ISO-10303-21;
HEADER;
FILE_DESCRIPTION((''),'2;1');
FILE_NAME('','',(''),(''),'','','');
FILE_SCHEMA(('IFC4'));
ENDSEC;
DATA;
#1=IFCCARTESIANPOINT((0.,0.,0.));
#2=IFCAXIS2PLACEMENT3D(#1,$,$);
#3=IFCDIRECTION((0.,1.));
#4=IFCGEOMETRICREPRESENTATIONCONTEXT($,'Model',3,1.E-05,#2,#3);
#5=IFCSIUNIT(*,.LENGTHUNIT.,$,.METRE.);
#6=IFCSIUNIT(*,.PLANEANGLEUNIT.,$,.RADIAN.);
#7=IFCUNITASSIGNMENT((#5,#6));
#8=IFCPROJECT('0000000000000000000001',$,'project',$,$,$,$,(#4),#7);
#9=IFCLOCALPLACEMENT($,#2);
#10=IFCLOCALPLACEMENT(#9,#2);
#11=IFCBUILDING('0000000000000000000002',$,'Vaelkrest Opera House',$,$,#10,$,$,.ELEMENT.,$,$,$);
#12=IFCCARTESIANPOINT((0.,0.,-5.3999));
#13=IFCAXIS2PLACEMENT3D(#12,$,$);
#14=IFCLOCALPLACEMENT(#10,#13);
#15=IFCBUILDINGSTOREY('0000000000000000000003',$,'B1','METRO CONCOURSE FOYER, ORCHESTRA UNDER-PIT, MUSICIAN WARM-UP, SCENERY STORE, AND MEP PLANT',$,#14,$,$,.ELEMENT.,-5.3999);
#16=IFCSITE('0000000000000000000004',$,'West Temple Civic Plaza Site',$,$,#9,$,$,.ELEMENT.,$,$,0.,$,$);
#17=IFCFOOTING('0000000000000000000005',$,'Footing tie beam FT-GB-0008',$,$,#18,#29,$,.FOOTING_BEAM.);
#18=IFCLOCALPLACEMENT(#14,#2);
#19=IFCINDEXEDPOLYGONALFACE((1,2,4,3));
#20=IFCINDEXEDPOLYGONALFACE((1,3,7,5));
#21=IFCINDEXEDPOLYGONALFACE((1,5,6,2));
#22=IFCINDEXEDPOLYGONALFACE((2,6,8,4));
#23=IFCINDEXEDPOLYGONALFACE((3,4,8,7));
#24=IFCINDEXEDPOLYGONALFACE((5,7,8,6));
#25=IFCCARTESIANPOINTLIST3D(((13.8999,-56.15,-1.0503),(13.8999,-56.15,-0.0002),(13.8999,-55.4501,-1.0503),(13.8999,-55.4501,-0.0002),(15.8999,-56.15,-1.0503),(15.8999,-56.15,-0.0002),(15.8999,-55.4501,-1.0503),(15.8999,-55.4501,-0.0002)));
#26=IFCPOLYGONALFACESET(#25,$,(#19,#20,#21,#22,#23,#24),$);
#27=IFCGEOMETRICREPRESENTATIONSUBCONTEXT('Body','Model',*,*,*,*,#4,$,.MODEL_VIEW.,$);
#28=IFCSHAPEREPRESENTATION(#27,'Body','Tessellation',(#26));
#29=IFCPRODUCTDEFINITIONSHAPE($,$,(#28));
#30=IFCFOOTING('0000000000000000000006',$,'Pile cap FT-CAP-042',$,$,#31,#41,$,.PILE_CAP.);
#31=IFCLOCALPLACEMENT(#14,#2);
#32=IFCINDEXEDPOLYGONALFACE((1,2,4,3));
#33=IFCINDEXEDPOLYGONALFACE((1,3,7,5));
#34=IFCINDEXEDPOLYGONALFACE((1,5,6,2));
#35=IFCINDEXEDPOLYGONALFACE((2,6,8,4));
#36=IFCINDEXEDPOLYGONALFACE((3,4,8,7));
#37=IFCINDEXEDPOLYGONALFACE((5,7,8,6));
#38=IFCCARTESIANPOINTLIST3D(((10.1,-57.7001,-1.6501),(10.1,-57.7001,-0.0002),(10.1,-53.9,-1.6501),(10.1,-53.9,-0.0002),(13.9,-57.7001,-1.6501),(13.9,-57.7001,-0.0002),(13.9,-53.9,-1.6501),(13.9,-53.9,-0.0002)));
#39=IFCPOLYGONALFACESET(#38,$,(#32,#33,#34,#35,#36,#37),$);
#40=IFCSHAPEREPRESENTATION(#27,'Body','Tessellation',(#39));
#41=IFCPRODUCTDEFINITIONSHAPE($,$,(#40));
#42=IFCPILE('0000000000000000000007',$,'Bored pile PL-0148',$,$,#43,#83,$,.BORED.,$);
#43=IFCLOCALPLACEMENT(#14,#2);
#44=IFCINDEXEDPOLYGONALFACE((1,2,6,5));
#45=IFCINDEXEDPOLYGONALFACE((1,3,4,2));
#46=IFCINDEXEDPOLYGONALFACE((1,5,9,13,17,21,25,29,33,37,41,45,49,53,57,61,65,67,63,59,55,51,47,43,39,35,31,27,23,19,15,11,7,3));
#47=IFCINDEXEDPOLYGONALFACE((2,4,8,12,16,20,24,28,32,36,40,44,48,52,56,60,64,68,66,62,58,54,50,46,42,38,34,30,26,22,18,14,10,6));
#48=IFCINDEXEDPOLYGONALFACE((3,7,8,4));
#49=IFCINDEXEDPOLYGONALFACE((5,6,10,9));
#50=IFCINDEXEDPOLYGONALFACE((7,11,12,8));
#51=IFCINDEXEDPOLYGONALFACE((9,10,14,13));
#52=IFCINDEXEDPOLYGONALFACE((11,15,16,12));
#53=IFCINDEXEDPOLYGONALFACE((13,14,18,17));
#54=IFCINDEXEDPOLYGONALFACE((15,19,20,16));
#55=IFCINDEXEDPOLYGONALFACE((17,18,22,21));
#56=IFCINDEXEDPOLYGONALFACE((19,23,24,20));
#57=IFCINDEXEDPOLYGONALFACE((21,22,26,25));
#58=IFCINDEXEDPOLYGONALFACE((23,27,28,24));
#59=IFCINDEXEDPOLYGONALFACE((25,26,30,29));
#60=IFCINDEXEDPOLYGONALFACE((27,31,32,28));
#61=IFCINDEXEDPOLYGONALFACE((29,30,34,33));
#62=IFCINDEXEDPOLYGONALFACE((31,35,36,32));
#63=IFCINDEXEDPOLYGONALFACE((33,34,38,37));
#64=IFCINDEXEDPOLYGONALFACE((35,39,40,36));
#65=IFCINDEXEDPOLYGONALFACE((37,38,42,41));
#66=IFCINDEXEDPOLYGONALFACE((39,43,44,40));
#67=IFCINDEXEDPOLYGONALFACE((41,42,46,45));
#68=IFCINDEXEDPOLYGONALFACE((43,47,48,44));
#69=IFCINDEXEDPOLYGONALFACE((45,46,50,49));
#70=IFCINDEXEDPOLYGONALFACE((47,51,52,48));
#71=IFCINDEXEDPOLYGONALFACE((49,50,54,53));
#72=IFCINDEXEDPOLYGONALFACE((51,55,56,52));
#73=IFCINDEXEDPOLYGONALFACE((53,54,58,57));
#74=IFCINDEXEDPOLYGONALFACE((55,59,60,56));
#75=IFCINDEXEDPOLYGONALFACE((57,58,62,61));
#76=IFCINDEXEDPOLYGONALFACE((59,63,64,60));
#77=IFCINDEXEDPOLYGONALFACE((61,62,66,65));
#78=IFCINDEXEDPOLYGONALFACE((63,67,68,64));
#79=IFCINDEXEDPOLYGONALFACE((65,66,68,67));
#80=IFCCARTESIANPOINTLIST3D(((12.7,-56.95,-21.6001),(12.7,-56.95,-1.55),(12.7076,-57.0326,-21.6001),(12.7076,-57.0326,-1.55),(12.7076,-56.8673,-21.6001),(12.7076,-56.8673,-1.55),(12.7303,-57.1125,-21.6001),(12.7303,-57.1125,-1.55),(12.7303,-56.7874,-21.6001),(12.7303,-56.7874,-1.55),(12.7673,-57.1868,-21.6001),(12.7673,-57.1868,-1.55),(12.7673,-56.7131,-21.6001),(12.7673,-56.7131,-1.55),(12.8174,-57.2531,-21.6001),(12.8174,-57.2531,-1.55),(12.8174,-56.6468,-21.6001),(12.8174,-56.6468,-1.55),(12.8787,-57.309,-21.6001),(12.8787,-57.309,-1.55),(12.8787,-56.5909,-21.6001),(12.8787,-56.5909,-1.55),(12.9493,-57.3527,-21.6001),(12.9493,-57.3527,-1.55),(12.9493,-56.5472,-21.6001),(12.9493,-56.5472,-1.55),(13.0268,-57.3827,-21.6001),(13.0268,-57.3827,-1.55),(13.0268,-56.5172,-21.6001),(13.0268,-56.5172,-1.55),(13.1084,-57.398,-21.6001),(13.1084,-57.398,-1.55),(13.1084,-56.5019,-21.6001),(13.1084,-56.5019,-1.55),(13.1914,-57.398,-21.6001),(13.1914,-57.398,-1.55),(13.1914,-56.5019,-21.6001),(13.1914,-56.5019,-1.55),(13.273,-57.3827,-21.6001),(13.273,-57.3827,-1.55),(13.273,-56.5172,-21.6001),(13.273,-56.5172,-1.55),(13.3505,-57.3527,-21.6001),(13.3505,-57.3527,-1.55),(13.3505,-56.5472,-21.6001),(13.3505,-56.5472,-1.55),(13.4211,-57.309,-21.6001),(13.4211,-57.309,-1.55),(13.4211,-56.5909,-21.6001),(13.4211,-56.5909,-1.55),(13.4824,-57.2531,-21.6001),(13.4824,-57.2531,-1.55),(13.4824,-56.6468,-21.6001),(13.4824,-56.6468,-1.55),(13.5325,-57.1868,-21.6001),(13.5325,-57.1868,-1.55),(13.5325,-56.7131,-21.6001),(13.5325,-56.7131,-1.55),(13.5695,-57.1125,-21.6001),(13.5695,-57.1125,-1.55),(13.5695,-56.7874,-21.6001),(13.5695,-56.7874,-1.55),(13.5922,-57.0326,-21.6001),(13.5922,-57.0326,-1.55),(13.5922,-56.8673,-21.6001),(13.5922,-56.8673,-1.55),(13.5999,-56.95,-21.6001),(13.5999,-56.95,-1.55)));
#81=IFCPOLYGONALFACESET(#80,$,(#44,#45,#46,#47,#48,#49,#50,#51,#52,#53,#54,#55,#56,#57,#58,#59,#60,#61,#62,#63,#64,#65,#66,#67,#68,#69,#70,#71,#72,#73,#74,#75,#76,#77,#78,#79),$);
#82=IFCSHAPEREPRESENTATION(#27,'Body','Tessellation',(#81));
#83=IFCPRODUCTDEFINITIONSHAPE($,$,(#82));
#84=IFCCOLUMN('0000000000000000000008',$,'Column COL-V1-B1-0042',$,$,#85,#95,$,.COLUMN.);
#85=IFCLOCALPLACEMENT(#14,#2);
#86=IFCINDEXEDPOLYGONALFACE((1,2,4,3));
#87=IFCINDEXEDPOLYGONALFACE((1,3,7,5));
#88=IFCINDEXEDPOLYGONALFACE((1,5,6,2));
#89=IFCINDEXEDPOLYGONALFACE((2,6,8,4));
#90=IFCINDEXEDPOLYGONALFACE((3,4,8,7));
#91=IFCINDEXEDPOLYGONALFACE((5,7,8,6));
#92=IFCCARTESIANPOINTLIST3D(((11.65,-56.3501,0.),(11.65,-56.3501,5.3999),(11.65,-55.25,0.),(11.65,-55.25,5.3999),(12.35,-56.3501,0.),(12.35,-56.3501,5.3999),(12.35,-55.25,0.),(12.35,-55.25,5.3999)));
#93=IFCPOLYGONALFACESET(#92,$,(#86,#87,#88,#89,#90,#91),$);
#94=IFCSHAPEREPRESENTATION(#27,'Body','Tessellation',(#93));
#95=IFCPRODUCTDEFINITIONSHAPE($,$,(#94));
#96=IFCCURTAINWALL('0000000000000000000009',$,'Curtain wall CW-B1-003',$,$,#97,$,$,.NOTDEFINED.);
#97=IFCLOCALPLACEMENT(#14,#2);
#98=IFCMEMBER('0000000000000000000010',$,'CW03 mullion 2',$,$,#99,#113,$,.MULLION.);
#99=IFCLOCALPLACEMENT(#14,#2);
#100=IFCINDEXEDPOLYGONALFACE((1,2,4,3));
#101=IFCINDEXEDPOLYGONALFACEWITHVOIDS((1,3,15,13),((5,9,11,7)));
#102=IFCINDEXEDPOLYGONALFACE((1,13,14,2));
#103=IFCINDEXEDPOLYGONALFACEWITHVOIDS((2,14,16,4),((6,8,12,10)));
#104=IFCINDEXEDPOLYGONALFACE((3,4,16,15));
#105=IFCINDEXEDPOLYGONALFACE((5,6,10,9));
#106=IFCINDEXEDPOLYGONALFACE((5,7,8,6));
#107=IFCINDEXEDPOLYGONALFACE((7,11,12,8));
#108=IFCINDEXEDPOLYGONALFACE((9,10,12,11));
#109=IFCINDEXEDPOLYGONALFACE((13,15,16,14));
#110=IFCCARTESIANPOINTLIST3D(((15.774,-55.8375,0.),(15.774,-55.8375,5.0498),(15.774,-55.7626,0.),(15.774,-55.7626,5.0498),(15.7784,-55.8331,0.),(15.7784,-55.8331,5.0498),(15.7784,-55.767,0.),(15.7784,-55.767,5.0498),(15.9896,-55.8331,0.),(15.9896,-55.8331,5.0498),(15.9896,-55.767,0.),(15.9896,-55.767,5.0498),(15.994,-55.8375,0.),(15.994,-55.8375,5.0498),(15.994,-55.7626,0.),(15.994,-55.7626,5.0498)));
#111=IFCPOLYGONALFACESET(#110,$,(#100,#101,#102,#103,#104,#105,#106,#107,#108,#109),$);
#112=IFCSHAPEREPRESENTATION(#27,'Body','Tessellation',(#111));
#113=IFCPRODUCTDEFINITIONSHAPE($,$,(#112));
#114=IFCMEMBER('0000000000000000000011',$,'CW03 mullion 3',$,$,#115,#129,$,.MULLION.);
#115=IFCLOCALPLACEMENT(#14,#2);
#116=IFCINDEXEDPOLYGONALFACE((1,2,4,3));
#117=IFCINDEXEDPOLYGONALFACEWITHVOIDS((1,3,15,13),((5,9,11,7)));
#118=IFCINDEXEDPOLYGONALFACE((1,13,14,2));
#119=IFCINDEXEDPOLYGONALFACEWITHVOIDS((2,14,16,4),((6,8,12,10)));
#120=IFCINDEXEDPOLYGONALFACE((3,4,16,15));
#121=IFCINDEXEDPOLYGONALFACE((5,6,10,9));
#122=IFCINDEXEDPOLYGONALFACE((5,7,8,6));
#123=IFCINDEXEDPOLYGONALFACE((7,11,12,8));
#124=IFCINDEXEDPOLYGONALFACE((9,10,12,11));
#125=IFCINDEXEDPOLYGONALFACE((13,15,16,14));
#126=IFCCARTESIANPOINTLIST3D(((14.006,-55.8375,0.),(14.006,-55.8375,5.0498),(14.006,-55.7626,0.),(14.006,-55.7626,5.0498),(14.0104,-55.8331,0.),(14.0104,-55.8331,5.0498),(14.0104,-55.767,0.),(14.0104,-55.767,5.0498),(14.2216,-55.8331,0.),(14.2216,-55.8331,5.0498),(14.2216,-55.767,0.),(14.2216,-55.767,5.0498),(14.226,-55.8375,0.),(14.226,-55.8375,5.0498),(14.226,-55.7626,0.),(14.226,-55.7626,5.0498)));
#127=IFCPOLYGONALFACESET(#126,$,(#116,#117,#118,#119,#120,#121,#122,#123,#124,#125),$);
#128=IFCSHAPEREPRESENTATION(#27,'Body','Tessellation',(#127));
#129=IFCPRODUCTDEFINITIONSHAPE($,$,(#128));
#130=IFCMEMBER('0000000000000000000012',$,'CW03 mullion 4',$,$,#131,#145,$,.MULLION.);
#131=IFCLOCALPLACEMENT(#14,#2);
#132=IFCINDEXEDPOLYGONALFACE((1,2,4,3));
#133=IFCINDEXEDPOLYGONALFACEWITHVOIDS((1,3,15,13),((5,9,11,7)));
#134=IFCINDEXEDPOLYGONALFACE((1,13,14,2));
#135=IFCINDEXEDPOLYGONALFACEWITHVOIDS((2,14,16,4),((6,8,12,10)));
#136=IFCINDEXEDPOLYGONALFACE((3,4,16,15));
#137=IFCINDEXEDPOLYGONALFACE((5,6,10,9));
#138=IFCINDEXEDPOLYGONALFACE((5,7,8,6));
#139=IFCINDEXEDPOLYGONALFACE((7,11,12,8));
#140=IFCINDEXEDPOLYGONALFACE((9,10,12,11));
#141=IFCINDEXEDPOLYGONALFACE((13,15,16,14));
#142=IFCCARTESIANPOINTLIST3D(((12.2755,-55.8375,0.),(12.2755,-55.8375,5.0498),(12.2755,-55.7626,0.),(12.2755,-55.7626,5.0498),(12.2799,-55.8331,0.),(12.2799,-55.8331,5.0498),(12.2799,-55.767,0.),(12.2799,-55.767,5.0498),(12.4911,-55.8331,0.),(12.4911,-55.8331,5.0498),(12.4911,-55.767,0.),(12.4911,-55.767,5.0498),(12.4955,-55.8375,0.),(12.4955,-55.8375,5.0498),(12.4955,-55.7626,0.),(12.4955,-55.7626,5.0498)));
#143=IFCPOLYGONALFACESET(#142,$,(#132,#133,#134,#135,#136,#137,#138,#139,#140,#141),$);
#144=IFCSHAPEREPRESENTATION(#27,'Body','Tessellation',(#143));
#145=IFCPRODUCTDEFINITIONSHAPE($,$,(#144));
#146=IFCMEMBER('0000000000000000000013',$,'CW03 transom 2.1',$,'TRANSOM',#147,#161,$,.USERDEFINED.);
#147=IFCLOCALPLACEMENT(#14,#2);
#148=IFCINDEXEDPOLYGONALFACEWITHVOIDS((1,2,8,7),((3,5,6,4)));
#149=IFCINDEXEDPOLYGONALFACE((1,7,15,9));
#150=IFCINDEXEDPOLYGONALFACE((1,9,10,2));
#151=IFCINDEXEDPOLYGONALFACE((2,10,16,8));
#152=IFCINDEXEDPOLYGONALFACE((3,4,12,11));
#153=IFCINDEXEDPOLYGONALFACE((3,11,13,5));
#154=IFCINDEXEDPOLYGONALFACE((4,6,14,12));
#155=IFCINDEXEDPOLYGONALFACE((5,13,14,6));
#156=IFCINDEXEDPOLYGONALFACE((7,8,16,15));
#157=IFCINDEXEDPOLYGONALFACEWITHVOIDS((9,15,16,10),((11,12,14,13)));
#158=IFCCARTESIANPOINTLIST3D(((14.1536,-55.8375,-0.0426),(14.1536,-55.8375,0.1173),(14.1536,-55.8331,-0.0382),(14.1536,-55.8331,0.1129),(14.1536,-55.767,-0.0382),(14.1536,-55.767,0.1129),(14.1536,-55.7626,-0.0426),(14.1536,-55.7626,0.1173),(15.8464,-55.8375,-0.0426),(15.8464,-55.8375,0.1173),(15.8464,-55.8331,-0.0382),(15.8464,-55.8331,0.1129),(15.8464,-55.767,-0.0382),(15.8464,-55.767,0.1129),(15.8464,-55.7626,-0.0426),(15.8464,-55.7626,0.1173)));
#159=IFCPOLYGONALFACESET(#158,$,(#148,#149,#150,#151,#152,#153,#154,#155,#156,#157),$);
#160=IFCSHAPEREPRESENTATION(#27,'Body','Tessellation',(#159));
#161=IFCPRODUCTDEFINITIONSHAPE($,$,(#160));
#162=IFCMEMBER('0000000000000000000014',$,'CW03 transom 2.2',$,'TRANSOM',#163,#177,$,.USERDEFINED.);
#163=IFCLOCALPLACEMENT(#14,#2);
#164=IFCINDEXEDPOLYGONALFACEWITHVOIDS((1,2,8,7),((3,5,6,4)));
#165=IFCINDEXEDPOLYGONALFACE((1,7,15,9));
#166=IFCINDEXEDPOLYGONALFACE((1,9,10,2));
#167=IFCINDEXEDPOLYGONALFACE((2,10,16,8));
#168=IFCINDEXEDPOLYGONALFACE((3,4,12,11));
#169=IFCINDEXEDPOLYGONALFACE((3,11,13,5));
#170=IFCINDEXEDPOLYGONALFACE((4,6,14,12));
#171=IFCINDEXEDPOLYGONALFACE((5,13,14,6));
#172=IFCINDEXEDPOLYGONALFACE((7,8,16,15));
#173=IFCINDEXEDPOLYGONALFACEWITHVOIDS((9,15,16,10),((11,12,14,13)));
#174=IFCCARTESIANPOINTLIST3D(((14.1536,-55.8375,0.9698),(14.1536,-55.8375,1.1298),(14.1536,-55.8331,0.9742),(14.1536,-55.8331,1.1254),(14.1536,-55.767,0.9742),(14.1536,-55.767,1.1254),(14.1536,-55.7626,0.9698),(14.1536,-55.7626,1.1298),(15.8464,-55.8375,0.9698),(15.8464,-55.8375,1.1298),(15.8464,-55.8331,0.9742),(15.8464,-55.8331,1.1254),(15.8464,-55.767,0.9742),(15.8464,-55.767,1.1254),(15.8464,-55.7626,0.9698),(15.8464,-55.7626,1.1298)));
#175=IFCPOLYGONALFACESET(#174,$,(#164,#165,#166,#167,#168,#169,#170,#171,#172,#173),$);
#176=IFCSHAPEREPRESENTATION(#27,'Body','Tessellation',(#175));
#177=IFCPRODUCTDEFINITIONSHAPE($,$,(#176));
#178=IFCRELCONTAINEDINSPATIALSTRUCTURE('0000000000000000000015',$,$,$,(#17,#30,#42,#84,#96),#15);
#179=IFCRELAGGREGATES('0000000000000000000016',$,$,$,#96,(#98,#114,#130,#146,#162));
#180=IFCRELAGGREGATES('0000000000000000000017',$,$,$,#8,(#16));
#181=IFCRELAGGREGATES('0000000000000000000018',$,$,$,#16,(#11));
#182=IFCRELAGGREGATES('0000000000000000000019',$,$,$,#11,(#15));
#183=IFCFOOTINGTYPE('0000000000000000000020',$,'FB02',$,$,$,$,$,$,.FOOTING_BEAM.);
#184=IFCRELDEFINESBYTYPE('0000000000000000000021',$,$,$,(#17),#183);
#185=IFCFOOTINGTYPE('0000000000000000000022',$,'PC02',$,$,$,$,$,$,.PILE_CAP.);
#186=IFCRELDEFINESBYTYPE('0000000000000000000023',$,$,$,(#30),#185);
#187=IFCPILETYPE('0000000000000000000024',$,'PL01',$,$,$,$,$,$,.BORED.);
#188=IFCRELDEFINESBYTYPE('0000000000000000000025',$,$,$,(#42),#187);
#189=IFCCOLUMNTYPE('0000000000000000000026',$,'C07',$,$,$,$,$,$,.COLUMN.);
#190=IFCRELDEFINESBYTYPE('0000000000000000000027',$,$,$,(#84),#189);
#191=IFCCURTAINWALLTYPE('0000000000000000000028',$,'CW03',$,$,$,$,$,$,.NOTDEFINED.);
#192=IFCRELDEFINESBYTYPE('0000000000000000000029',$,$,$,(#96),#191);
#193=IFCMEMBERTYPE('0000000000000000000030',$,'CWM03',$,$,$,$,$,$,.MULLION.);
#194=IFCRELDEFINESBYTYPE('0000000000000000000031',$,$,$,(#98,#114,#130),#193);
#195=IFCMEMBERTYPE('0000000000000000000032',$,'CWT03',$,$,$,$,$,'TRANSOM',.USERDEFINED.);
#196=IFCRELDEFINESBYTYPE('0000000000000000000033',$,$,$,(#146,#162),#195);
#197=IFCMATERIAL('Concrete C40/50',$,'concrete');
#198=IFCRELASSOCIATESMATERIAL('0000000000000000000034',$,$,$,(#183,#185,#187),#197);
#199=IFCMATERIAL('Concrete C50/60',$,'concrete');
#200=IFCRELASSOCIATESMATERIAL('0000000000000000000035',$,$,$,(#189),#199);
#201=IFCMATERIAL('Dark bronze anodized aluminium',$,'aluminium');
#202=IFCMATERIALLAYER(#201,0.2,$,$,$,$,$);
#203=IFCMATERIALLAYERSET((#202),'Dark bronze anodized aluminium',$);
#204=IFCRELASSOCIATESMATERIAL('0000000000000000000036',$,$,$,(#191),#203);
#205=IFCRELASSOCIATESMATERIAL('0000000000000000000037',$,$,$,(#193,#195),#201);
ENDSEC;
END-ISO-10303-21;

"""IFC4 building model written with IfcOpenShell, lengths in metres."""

from ifc_helpers import new_model, si_unit, direction, frame, origin, origin_2d, place, context, subcontext, project, spatial, rectangle, hollow_rectangle, circle, extrude, material, layer, layer_set, material_profile, profile_set, type_object, element, aggregate, save


model = new_model("IFC4")

# Units and contexts
model_context = context("Model", 3, precision=1e-05, world=origin(), true_north=direction((0.0, 1.0)))
body_context = subcontext(model_context, "Body", "Model", "MODEL_VIEW")
ifc_project = project(units=[si_unit("LENGTHUNIT", "METRE"), si_unit("PLANEANGLEUNIT", "RADIAN")], contexts=[model_context])

# Site, building, storey
site_placement = place(None, origin())
site = spatial("IfcSite", under=ifc_project, at=site_placement, Name="West Temple Civic Plaza Site", CompositionType="ELEMENT", RefElevation=0.0)
building_placement = place(site_placement, origin())
building = spatial("IfcBuilding", under=site, at=building_placement, Name="Vaelkrest Opera House", CompositionType="ELEMENT")
storey_placement = place(building_placement, frame((0.0, 0.0, -5.3999)))
storey = spatial("IfcBuildingStorey", under=building, at=storey_placement, Name="B1", Description="METRO CONCOURSE FOYER, ORCHESTRA UNDER-PIT, MUSICIAN WARM-UP, SCENERY STORE, AND MEP PLANT", CompositionType="ELEMENT", Elevation=-5.3999)

# Footings
ifc_material_1 = material(Name="Concrete C40/50", Category="concrete")
footing_type_1 = type_object("IfcFootingType", Name="FB02", PredefinedType="FOOTING_BEAM", material=ifc_material_1)
footing_1_placement = place(storey_placement, frame((14.8999, -55.8, -1.0503), z_axis=(0.0, 0.0, 1.0), x_axis=(1.0, 0.0, 0.0)))
element("IfcFooting", 1, at=footing_1_placement, inside=storey, type_object=footing_type_1, Name="Footing tie beam FT-GB-0008", PredefinedType="FOOTING_BEAM", context=body_context, shape_type="SweptSolid", body=[
    extrude(rectangle(XDim=2.0, YDim=0.7, at=origin_2d()), origin(), (0.0, 0.0, 1.0), 1.05),
])
footing_type_2 = type_object("IfcFootingType", Name="PC02", PredefinedType="PILE_CAP", material=ifc_material_1)
footing_2_placement = place(storey_placement, frame((12.0, -55.8, -1.6501), z_axis=(0.0, 0.0, 1.0), x_axis=(1.0, 0.0, 0.0)))
element("IfcFooting", 2, at=footing_2_placement, inside=storey, type_object=footing_type_2, Name="Pile cap FT-CAP-042", PredefinedType="PILE_CAP", context=body_context, shape_type="SweptSolid", body=[
    extrude(rectangle(XDim=3.8, YDim=3.8, at=origin_2d()), origin(), (0.0, 0.0, 1.0), 1.6499),
])

# Pile
ifc_material_profile_1 = material_profile(ifc_material_1, circle(Radius=0.45, at=origin_2d()), Name="PILE900")
ifc_profile_set_1 = profile_set([ifc_material_profile_1], Name="Concrete C40/50")
pile_type = type_object("IfcPileType", Name="PL01", PredefinedType="BORED", material=ifc_profile_set_1)
pile_placement = place(storey_placement, frame((13.1499, -56.95, -1.55), z_axis=(0.0, 0.0, -1.0), x_axis=(1.0, 0.0, 0.0)))
element("IfcPile", 3, at=pile_placement, inside=storey, type_object=pile_type, Name="Bored pile PL-0148", PredefinedType="BORED", context=body_context, shape_type="SweptSolid", body=[
    extrude(circle(Radius=0.45, at=origin_2d()), origin(), (0.0, 0.0, 1.0), 20.05),
])

# Column
ifc_material_2 = material(Name="Concrete C50/60", Category="concrete")
ifc_material_profile_2 = material_profile(ifc_material_2, rectangle(XDim=0.7, YDim=1.1001, at=origin_2d()), Name="RC700X1100")
ifc_profile_set_2 = profile_set([ifc_material_profile_2], Name="Concrete C50/60")
column_type = type_object("IfcColumnType", Name="C07", PredefinedType="COLUMN", material=ifc_profile_set_2)
column_placement = place(storey_placement, frame((12.0, -55.8, 0.0), z_axis=(0.0, 0.0, 1.0), x_axis=(1.0, 0.0, 0.0)))
element("IfcColumn", 4, at=column_placement, inside=storey, type_object=column_type, Name="Column COL-V1-B1-0042", PredefinedType="COLUMN", context=body_context, shape_type="SweptSolid", body=[
    extrude(rectangle(XDim=0.7, YDim=1.1001, at=origin_2d()), origin(), (0.0, 0.0, 1.0), 5.3999),
])

# Curtain wall, members
ifc_material_3 = material(Name="Dark bronze anodized aluminium", Category="aluminium")
ifc_layer_1 = layer(ifc_material_3, 0.2)
ifc_layer_set_1 = layer_set([ifc_layer_1], Name="Dark bronze anodized aluminium")
curtain_wall_type = type_object("IfcCurtainWallType", Name="CW03", PredefinedType="NOTDEFINED", material=ifc_layer_set_1)
curtain_wall_placement = place(storey_placement, origin())
curtain_wall = element("IfcCurtainWall", 5, at=curtain_wall_placement, inside=storey, type_object=curtain_wall_type, Name="Curtain wall CW-B1-003", PredefinedType="NOTDEFINED")
ifc_material_profile_3 = material_profile(ifc_material_3, hollow_rectangle(XDim=0.075, YDim=0.22, WallThickness=0.0044, at=origin_2d()), Name="CWM75X220")
ifc_profile_set_3 = profile_set([ifc_material_profile_3], Name="Dark bronze anodized aluminium")
member_type_1 = type_object("IfcMemberType", Name="CWM03", PredefinedType="MULLION", material=ifc_profile_set_3)
member_1_placement = place(storey_placement, frame((15.884, -55.8, 0.0), z_axis=(0.0, 0.0, 1.0), x_axis=(0.0, -1.0, 0.0)))
member_1 = element("IfcMember", 6, at=member_1_placement, type_object=member_type_1, Name="CW03 mullion 2", PredefinedType="MULLION", context=body_context, shape_type="SweptSolid", body=[
    extrude(hollow_rectangle(XDim=0.075, YDim=0.22, WallThickness=0.0044, at=origin_2d()), origin(), (0.0, 0.0, 1.0), 5.0498),
])
member_2_placement = place(storey_placement, frame((14.116, -55.8, 0.0), z_axis=(0.0, 0.0, 1.0), x_axis=(0.0, -1.0, 0.0)))
member_2 = element("IfcMember", 7, at=member_2_placement, type_object=member_type_1, Name="CW03 mullion 3", PredefinedType="MULLION", context=body_context, shape_type="SweptSolid", body=[
    extrude(hollow_rectangle(XDim=0.075, YDim=0.22, WallThickness=0.0044, at=origin_2d()), origin(), (0.0, 0.0, 1.0), 5.0498),
])
member_3_placement = place(storey_placement, frame((12.3855, -55.8, 0.0), z_axis=(0.0, 0.0, 1.0), x_axis=(0.0, -1.0, 0.0)))
member_3 = element("IfcMember", 8, at=member_3_placement, type_object=member_type_1, Name="CW03 mullion 4", PredefinedType="MULLION", context=body_context, shape_type="SweptSolid", body=[
    extrude(hollow_rectangle(XDim=0.075, YDim=0.22, WallThickness=0.0044, at=origin_2d()), origin(), (0.0, 0.0, 1.0), 5.0498),
])
ifc_material_profile_4 = material_profile(ifc_material_3, hollow_rectangle(XDim=0.075, YDim=0.1599, WallThickness=0.0044, at=origin_2d()), Name="CWT75X160")
ifc_profile_set_4 = profile_set([ifc_material_profile_4], Name="Dark bronze anodized aluminium")
member_type_2 = type_object("IfcMemberType", Name="CWT03", ElementType="TRANSOM", PredefinedType="USERDEFINED", material=ifc_profile_set_4)
member_4_placement = place(storey_placement, frame((15.8464, -55.8, 0.0374), z_axis=(-1.0, 0.0, 0.0), x_axis=(0.0, -1.0, 0.0)))
member_4 = element("IfcMember", 9, at=member_4_placement, type_object=member_type_2, Name="CW03 transom 2.1", ObjectType="TRANSOM", PredefinedType="USERDEFINED", context=body_context, shape_type="SweptSolid", body=[
    extrude(hollow_rectangle(XDim=0.075, YDim=0.1599, WallThickness=0.0044, at=origin_2d()), origin(), (0.0, 0.0, 1.0), 1.6929),
])
member_5_placement = place(storey_placement, frame((15.8464, -55.8, 1.0498), z_axis=(-1.0, 0.0, 0.0), x_axis=(0.0, -1.0, 0.0)))
member_5 = element("IfcMember", 10, at=member_5_placement, type_object=member_type_2, Name="CW03 transom 2.2", ObjectType="TRANSOM", PredefinedType="USERDEFINED", context=body_context, shape_type="SweptSolid", body=[
    extrude(hollow_rectangle(XDim=0.075, YDim=0.1599, WallThickness=0.0044, at=origin_2d()), origin(), (0.0, 0.0, 1.0), 1.6929),
])
aggregate(curtain_wall, [member_1, member_2, member_3, member_4, member_5])

save(model, "model.ifc")
